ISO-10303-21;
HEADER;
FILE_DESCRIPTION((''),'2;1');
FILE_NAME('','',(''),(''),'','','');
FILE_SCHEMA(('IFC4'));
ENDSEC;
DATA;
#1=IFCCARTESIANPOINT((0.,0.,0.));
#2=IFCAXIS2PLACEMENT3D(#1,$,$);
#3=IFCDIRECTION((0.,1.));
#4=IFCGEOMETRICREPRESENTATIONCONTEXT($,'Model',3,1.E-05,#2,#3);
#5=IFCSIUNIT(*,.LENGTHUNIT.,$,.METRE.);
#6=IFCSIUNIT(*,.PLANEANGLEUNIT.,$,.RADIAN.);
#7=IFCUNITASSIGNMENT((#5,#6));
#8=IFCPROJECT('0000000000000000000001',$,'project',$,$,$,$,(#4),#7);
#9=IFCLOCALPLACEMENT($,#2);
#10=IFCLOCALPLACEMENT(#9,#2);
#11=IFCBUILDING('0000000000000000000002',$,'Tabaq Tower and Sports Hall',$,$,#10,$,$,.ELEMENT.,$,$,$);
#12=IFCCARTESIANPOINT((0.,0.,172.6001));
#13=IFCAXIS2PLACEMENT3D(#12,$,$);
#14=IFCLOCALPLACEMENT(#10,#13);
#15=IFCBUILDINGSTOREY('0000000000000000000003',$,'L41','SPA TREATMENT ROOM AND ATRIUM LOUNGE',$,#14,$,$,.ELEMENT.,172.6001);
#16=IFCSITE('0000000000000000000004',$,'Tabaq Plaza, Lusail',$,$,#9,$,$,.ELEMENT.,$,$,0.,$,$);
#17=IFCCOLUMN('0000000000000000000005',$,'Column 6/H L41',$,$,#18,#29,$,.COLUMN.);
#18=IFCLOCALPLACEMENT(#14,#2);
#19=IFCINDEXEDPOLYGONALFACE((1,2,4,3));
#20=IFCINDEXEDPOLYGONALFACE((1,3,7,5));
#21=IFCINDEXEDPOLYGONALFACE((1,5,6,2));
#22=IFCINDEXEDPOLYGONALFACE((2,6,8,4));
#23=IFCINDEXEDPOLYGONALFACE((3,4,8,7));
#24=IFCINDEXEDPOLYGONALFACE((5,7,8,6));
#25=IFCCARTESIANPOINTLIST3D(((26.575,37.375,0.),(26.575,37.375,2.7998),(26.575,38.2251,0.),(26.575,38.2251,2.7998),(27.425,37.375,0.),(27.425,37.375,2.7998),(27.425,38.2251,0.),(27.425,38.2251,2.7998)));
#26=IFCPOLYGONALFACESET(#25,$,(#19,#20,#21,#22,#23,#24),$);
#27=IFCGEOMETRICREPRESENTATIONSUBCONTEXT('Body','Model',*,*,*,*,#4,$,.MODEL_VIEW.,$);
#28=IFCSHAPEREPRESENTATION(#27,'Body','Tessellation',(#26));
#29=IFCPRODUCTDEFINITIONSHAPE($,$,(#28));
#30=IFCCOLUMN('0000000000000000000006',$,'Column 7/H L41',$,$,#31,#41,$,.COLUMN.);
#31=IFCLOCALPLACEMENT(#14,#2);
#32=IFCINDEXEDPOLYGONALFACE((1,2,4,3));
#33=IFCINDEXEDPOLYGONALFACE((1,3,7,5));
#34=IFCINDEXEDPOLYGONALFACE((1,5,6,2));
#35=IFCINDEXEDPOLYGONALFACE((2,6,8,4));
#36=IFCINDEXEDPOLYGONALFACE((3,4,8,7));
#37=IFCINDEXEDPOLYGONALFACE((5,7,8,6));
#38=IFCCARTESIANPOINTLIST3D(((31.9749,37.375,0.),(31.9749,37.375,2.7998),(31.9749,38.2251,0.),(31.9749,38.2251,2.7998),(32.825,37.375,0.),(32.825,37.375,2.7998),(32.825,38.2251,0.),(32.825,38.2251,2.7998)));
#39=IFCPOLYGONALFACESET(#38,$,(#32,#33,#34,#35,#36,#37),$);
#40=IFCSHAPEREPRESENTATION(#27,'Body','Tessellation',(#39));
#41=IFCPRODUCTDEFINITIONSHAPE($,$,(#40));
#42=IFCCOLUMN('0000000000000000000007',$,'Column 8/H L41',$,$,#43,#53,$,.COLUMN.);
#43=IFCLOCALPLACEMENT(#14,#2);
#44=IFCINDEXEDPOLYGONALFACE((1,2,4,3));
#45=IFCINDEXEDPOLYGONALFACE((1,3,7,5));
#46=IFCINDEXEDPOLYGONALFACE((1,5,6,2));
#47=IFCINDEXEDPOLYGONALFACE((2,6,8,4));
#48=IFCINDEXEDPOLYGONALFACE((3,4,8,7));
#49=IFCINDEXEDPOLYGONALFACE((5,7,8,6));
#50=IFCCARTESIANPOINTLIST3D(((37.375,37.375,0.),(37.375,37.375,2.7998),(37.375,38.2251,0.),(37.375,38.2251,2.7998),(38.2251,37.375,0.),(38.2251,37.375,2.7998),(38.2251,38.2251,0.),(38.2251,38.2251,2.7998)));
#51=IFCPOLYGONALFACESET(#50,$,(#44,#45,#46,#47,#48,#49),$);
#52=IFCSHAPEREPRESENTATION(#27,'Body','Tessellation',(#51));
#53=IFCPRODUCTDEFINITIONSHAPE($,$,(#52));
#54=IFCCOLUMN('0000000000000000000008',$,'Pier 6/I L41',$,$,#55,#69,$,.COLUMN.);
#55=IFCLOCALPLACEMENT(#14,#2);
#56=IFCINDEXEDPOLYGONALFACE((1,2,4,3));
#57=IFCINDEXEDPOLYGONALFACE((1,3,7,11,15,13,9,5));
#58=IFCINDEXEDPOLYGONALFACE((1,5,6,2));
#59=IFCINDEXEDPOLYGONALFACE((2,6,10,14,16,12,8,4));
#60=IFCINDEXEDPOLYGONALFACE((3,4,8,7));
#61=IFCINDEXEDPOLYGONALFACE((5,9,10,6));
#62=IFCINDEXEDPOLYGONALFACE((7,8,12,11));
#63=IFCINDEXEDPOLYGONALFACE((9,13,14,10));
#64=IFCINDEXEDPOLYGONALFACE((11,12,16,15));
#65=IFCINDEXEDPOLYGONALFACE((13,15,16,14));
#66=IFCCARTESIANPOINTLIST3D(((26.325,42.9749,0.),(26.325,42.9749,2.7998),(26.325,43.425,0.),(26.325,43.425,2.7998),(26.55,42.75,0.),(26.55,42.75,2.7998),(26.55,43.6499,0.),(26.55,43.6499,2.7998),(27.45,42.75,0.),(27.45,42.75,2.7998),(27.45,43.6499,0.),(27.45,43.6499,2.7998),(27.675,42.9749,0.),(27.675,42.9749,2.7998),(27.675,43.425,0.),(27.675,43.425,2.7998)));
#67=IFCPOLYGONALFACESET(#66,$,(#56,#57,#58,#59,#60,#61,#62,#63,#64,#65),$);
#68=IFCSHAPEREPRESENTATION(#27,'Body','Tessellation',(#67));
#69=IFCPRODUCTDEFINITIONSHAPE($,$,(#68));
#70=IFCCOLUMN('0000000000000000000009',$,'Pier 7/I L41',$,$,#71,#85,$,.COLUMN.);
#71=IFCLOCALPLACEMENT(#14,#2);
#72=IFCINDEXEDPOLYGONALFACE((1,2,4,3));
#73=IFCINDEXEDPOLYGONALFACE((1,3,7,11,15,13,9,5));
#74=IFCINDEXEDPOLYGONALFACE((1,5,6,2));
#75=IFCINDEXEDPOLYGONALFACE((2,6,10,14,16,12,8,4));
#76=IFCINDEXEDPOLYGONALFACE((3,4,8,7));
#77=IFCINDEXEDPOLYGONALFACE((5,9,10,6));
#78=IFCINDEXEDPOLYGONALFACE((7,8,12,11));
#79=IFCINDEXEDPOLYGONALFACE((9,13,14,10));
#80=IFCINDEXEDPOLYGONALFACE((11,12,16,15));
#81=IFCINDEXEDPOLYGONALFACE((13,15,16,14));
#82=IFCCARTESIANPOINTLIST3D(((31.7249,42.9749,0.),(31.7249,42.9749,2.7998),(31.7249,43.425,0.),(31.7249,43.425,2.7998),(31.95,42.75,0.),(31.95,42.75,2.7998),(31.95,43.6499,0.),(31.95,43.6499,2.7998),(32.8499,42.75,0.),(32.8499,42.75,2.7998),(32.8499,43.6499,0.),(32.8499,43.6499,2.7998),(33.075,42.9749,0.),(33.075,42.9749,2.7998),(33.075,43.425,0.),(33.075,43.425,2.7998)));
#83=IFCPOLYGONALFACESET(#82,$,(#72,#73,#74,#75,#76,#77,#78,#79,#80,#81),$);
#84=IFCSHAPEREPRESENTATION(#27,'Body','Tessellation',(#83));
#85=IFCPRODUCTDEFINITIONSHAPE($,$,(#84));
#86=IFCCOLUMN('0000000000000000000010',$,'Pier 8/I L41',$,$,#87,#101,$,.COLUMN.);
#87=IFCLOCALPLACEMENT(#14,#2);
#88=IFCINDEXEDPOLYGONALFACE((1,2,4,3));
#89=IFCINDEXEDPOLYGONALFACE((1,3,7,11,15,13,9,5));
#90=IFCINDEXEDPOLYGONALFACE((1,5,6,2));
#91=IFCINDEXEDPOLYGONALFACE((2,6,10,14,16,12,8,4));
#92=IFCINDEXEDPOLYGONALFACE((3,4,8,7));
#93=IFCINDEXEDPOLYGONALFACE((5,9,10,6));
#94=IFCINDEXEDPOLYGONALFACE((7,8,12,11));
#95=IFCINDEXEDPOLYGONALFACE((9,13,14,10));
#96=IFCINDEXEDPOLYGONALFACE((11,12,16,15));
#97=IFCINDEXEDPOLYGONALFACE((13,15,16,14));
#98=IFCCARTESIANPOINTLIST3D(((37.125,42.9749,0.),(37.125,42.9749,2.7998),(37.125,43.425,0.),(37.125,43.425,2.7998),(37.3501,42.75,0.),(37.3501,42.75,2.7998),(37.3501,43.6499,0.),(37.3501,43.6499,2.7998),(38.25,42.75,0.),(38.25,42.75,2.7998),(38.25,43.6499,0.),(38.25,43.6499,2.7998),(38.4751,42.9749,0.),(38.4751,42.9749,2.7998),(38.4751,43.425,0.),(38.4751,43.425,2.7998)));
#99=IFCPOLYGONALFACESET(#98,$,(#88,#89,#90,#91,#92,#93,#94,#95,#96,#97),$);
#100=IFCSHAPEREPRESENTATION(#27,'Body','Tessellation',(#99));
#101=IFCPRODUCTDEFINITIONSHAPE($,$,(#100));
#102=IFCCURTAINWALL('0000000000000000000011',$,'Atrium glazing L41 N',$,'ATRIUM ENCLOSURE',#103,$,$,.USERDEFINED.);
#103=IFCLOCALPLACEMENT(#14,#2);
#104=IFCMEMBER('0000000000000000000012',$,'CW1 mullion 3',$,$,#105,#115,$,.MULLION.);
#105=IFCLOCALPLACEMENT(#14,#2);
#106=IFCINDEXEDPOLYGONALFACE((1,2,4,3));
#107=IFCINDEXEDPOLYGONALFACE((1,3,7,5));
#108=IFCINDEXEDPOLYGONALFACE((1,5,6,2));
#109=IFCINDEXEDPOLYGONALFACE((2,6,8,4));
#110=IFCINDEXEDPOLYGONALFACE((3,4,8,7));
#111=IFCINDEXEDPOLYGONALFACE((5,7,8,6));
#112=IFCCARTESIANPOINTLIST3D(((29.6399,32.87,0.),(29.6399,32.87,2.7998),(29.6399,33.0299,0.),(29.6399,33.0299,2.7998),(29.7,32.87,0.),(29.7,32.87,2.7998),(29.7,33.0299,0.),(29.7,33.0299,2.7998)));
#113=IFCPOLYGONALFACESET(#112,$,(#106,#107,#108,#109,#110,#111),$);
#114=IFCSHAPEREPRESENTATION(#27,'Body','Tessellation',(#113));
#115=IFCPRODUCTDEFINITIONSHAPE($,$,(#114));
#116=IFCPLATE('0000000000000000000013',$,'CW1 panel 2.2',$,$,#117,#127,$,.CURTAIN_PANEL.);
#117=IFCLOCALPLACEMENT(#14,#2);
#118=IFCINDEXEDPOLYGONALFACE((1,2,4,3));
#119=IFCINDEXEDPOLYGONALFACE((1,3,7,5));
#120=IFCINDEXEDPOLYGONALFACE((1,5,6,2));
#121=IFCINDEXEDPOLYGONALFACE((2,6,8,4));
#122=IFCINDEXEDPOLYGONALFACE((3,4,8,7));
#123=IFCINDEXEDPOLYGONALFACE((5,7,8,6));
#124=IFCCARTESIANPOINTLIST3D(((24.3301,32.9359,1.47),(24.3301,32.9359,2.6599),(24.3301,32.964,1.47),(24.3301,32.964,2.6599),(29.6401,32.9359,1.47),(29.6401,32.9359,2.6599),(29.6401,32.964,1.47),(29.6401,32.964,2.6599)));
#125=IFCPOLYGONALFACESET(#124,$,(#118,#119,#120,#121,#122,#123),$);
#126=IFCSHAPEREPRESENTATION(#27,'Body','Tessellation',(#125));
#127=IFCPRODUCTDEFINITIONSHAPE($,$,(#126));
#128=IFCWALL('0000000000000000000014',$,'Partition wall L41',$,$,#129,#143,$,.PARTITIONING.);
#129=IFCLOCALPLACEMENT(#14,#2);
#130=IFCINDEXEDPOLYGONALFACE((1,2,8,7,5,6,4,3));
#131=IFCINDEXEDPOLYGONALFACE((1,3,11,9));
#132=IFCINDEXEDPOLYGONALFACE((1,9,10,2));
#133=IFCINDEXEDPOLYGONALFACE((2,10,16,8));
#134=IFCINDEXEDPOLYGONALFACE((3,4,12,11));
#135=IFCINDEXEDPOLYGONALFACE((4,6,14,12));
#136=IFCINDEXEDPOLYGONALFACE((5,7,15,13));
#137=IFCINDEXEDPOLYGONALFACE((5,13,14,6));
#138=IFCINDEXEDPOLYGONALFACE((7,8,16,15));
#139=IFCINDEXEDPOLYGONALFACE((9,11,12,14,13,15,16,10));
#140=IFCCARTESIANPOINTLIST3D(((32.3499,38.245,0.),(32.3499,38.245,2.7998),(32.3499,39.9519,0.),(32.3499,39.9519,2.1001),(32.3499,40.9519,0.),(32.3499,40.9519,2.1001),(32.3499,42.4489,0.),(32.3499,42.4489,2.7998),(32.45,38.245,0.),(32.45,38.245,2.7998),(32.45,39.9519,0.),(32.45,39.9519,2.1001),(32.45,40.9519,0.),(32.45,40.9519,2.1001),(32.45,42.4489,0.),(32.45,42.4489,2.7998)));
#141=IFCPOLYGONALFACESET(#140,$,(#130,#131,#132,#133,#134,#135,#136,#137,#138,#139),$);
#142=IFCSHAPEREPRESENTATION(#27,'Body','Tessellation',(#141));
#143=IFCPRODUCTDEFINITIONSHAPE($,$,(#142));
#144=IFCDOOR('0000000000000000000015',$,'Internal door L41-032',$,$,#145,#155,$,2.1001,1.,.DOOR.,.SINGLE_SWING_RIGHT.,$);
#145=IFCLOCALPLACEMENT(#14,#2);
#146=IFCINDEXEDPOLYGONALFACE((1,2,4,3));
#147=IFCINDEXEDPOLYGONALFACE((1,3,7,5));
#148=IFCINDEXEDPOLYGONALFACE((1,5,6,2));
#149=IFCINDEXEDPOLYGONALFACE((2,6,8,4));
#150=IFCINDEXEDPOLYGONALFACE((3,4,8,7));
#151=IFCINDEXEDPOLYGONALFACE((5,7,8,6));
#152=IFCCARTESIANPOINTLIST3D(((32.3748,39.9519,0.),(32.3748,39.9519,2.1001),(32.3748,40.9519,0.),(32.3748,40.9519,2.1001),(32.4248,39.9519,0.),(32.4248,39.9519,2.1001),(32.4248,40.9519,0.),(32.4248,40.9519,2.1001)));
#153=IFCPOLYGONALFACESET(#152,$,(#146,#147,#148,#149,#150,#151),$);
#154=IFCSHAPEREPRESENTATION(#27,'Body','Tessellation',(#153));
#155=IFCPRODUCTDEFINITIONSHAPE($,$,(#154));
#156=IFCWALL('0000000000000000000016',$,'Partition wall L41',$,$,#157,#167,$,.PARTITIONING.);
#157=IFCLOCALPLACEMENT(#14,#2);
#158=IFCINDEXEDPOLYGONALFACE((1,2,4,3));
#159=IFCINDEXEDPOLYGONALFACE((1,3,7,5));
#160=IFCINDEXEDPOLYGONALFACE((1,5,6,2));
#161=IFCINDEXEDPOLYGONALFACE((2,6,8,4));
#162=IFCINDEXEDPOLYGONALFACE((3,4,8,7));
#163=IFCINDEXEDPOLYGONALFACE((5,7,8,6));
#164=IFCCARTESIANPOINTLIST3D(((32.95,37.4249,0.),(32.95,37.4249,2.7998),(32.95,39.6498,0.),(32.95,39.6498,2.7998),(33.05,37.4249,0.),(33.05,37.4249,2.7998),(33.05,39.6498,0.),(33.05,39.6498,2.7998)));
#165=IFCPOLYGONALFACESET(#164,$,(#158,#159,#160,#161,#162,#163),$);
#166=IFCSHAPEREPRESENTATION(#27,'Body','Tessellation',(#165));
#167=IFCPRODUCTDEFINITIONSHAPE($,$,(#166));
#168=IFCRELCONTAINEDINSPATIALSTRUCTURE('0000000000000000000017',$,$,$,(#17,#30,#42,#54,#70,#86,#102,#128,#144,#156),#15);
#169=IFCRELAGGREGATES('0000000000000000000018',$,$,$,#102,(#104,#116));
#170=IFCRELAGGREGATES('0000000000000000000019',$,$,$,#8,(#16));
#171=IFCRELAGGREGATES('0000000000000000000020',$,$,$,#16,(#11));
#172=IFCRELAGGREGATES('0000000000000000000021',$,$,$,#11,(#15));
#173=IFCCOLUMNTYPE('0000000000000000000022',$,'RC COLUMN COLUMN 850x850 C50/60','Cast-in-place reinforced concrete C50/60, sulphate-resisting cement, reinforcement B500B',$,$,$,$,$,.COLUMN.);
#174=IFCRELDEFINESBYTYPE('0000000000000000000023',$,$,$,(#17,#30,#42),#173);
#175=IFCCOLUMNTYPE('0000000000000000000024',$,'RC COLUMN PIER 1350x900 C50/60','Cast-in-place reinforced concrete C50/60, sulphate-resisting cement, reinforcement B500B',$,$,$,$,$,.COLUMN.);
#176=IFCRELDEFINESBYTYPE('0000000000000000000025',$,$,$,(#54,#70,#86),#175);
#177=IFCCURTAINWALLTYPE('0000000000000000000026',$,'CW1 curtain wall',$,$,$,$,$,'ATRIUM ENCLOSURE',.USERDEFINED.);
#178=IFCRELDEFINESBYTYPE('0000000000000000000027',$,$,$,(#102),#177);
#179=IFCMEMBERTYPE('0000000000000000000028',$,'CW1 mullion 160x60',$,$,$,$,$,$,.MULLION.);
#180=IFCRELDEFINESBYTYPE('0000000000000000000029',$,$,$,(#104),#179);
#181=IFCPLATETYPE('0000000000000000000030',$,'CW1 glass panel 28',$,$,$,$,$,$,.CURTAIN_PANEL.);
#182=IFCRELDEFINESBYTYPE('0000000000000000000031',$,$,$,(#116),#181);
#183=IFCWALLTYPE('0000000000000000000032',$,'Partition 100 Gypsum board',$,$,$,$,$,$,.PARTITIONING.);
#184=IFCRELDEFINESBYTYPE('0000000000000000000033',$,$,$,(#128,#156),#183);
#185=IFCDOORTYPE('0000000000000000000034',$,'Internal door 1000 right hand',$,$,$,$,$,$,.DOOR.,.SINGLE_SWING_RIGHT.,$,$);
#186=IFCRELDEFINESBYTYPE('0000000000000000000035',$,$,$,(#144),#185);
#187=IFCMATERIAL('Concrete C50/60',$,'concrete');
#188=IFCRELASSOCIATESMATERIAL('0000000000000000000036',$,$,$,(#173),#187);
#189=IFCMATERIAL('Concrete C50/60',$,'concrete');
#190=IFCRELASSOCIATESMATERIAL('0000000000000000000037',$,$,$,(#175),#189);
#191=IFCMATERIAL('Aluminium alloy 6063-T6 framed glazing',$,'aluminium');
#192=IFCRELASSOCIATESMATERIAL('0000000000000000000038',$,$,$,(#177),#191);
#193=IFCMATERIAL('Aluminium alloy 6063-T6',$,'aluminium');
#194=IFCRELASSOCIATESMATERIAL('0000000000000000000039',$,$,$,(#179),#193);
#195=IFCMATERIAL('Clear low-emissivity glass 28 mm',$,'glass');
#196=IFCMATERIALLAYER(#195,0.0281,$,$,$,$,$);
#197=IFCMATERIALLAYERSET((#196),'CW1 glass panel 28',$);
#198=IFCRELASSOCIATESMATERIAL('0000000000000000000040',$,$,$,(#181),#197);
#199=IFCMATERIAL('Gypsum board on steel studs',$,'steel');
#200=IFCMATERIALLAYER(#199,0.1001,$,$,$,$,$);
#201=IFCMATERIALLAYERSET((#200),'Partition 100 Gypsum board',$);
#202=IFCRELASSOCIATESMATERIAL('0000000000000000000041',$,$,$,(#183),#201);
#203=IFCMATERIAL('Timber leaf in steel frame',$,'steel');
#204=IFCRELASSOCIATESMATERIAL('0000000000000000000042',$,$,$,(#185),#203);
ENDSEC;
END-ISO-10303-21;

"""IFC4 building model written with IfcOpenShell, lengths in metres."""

from ifc_helpers import new_model, si_unit, direction, frame, frame_2d, origin, origin_2d, place, context, subcontext, project, spatial, polyline, rectangle, outline, extrude, material, layer, layer_set, material_profile, profile_set, type_object, element, fill, aggregate, save


model = new_model("IFC4")

# Units and contexts
model_context = context("Model", 3, precision=1e-05, world=origin(), true_north=direction((0.0, 1.0)))
body_context = subcontext(model_context, "Body", "Model", "MODEL_VIEW")
ifc_project = project(units=[si_unit("LENGTHUNIT", "METRE"), si_unit("PLANEANGLEUNIT", "RADIAN")], contexts=[model_context])

# Site, building, storey
site_placement = place(None, origin())
site = spatial("IfcSite", under=ifc_project, at=site_placement, Name="Tabaq Plaza, Lusail", CompositionType="ELEMENT", RefElevation=0.0)
building_placement = place(site_placement, origin())
building = spatial("IfcBuilding", under=site, at=building_placement, Name="Tabaq Tower and Sports Hall", CompositionType="ELEMENT")
storey_placement = place(building_placement, frame((0.0, 0.0, 172.6001)))
storey = spatial("IfcBuildingStorey", under=building, at=storey_placement, Name="L41", Description="SPA TREATMENT ROOM AND ATRIUM LOUNGE", CompositionType="ELEMENT", Elevation=172.6001)

# Columns
ifc_material_1 = material(Name="Concrete C50/60", Category="concrete")
ifc_material_profile_1 = material_profile(ifc_material_1, rectangle(XDim=0.8501, YDim=0.8501, at=origin_2d()), Name="COLUMN 850x850")
ifc_profile_set_1 = profile_set([ifc_material_profile_1], Name="Concrete C50/60")
column_type_1 = type_object("IfcColumnType", Name="RC COLUMN COLUMN 850x850 C50/60", Description="Cast-in-place reinforced concrete C50/60, sulphate-resisting cement, reinforcement B500B", PredefinedType="COLUMN", material=ifc_profile_set_1)
for number, where, z_axis, x_axis, name in (
    (1, (27.0, 37.8, 0.0), (0.0, 0.0, 1.0), (1.0, 0.0, 0.0), "Column 6/H L41"),
    (2, (32.3999, 37.8, 0.0), (0.0, 0.0, 1.0), (1.0, 0.0, 0.0), "Column 7/H L41"),
    (3, (37.8, 37.8, 0.0), (0.0, 0.0, 1.0), (1.0, 0.0, 0.0), "Column 8/H L41"),
):
    element("IfcColumn", number, at=place(storey_placement, frame(where, z_axis=z_axis, x_axis=x_axis)), inside=storey, type_object=column_type_1, Name=name, PredefinedType="COLUMN", context=body_context, shape_type="SweptSolid", body=[
        extrude(rectangle(XDim=0.8501, YDim=0.8501, at=origin_2d()), origin(), (0.0, 0.0, 1.0), 2.7998),
    ])
ifc_material_2 = material(Name="Concrete C50/60", Category="concrete")
ifc_material_profile_2 = material_profile(ifc_material_2, outline(polyline([(-0.45, -0.45), (0.45, -0.45), (0.675, -0.2251), (0.675, 0.2251), (0.45, 0.45), (-0.45, 0.45), (-0.675, 0.2251), (-0.675, -0.2251), (-0.45, -0.45)])), Name="PIER 1350x900")
ifc_profile_set_2 = profile_set([ifc_material_profile_2], Name="Concrete C50/60")
column_type_2 = type_object("IfcColumnType", Name="RC COLUMN PIER 1350x900 C50/60", Description="Cast-in-place reinforced concrete C50/60, sulphate-resisting cement, reinforcement B500B", PredefinedType="COLUMN", material=ifc_profile_set_2)
for number, where, z_axis, x_axis, name in (
    (4, (27.0, 43.2, 0.0), (0.0, 0.0, 1.0), (1.0, 0.0, 0.0), "Pier 6/I L41"),
    (5, (32.3999, 43.2, 0.0), (0.0, 0.0, 1.0), (1.0, 0.0, 0.0), "Pier 7/I L41"),
    (6, (37.8, 43.2, 0.0), (0.0, 0.0, 1.0), (1.0, 0.0, 0.0), "Pier 8/I L41"),
):
    element("IfcColumn", number, at=place(storey_placement, frame(where, z_axis=z_axis, x_axis=x_axis)), inside=storey, type_object=column_type_2, Name=name, PredefinedType="COLUMN", context=body_context, shape_type="SweptSolid", body=[
        extrude(outline(polyline([(-0.45, -0.45), (0.45, -0.45), (0.675, -0.2251), (0.675, 0.2251), (0.45, 0.45), (-0.45, 0.45), (-0.675, 0.2251), (-0.675, -0.2251), (-0.45, -0.45)])), origin(), (0.0, 0.0, 1.0), 2.7998),
    ])

# Curtain wall, member, plate
ifc_material_3 = material(Name="Aluminium alloy 6063-T6 framed glazing", Category="aluminium")
curtain_wall_type = type_object("IfcCurtainWallType", Name="CW1 curtain wall", ElementType="ATRIUM ENCLOSURE", PredefinedType="USERDEFINED", material=ifc_material_3)
curtain_wall_placement = place(storey_placement, origin())
curtain_wall = element("IfcCurtainWall", 7, at=curtain_wall_placement, inside=storey, type_object=curtain_wall_type, Name="Atrium glazing L41 N", ObjectType="ATRIUM ENCLOSURE", PredefinedType="USERDEFINED")
ifc_material_4 = material(Name="Aluminium alloy 6063-T6", Category="aluminium")
ifc_material_profile_3 = material_profile(ifc_material_4, rectangle(XDim=0.1599, YDim=0.0601, at=origin_2d()), Name="MULLION 160x60")
ifc_profile_set_3 = profile_set([ifc_material_profile_3], Name="Aluminium alloy 6063-T6")
member_type = type_object("IfcMemberType", Name="CW1 mullion 160x60", PredefinedType="MULLION", material=ifc_profile_set_3)
member_placement = place(storey_placement, frame((29.6699, 32.95, 0.0), z_axis=(0.0, 0.0, 1.0), x_axis=(0.0, 1.0, 0.0)))
member = element("IfcMember", 8, at=member_placement, type_object=member_type, Name="CW1 mullion 3", PredefinedType="MULLION", context=body_context, shape_type="SweptSolid", body=[
    extrude(rectangle(XDim=0.1599, YDim=0.0601, at=origin_2d()), origin(), (0.0, 0.0, 1.0), 2.7998),
])
ifc_material_5 = material(Name="Clear low-emissivity glass 28 mm", Category="glass")
ifc_layer_1 = layer(ifc_material_5, 0.0281)
ifc_layer_set_1 = layer_set([ifc_layer_1], Name="CW1 glass panel 28")
plate_type = type_object("IfcPlateType", Name="CW1 glass panel 28", PredefinedType="CURTAIN_PANEL", material=ifc_layer_set_1)
plate_placement = place(storey_placement, frame((26.9851, 32.95, 1.47), z_axis=(0.0, 0.0, 1.0), x_axis=(1.0, 0.0, 0.0)))
plate = element("IfcPlate", 9, at=plate_placement, type_object=plate_type, Name="CW1 panel 2.2", PredefinedType="CURTAIN_PANEL", context=body_context, shape_type="SweptSolid", body=[
    extrude(rectangle(XDim=5.3101, YDim=0.0281, at=origin_2d()), origin(), (0.0, 0.0, 1.0), 1.1899),
])
aggregate(curtain_wall, [member, plate])

# Wall, opening, door
ifc_material_6 = material(Name="Gypsum board on steel studs", Category="steel")
ifc_layer_2 = layer(ifc_material_6, 0.1001)
ifc_layer_set_2 = layer_set([ifc_layer_2], Name="Partition 100 Gypsum board")
wall_type_1 = type_object("IfcWallType", Name="Partition 100 Gypsum board", PredefinedType="PARTITIONING", material=ifc_layer_set_2)
wall_1_placement = place(storey_placement, frame((32.3999, 42.449, 0.0), z_axis=(0.0, 0.0, 1.0), x_axis=(0.0, -1.0, 0.0)))
wall_1 = element("IfcWall", 10, at=wall_1_placement, inside=storey, type_object=wall_type_1, Name="Partition wall L41", PredefinedType="PARTITIONING", context=body_context, shape_type="SweptSolid", body=[
    extrude(rectangle(XDim=4.2039, YDim=0.1001, at=frame_2d((2.1021, 0.0))), origin(), (0.0, 0.0, 1.0), 2.7998),
])
opening_1_placement = place(wall_1_placement, frame((1.4971, 0.0, 0.0)))
opening_1 = element("IfcOpeningElement", 11, at=opening_1_placement, cuts=wall_1, PredefinedType="OPENING", context=body_context, shape_type="SweptSolid", body=[
    extrude(rectangle(XDim=1.0, YDim=2.1001, at=frame_2d((0.5, 1.05))), frame((0.0, 0.05, 0.0), z_axis=(0.0, -1.0, 0.0), x_axis=(1.0, 0.0, 0.0)), (0.0, 0.0, 1.0), 0.1001),
])
ifc_material_7 = material(Name="Timber leaf in steel frame", Category="steel")
door_type_1 = type_object("IfcDoorType", Name="Internal door 1000 right hand", OperationType="SINGLE_SWING_RIGHT", PredefinedType="DOOR", material=ifc_material_7)
door_1_placement = place(opening_1_placement, origin())
door_1 = element("IfcDoor", 12, at=door_1_placement, inside=storey, type_object=door_type_1, Name="Internal door L41-032", OperationType="SINGLE_SWING_RIGHT", OverallHeight=2.1001, OverallWidth=1.0, PredefinedType="DOOR", context=body_context, shape_type="SweptSolid", body=[
    extrude(rectangle(XDim=1.0, YDim=2.1001, at=frame_2d((0.5, 1.05))), frame((0.0, 0.0249, 0.0), z_axis=(0.0, -1.0, 0.0), x_axis=(1.0, 0.0, 0.0)), (0.0, 0.0, 1.0), 0.05),
])
fill(opening_1, door_1)

# Wall
wall_2_placement = place(storey_placement, frame((33.0, 37.425, 0.0), z_axis=(0.0, 0.0, 1.0), x_axis=(0.0, 1.0, 0.0)))
element("IfcWall", 13, at=wall_2_placement, inside=storey, type_object=wall_type_1, Name="Partition wall L41", PredefinedType="PARTITIONING", context=body_context, shape_type="SweptSolid", body=[
    extrude(rectangle(XDim=2.2249, YDim=0.1001, at=frame_2d((1.1123, 0.0))), origin(), (0.0, 0.0, 1.0), 2.7998),
])

save(model, "model.ifc")
